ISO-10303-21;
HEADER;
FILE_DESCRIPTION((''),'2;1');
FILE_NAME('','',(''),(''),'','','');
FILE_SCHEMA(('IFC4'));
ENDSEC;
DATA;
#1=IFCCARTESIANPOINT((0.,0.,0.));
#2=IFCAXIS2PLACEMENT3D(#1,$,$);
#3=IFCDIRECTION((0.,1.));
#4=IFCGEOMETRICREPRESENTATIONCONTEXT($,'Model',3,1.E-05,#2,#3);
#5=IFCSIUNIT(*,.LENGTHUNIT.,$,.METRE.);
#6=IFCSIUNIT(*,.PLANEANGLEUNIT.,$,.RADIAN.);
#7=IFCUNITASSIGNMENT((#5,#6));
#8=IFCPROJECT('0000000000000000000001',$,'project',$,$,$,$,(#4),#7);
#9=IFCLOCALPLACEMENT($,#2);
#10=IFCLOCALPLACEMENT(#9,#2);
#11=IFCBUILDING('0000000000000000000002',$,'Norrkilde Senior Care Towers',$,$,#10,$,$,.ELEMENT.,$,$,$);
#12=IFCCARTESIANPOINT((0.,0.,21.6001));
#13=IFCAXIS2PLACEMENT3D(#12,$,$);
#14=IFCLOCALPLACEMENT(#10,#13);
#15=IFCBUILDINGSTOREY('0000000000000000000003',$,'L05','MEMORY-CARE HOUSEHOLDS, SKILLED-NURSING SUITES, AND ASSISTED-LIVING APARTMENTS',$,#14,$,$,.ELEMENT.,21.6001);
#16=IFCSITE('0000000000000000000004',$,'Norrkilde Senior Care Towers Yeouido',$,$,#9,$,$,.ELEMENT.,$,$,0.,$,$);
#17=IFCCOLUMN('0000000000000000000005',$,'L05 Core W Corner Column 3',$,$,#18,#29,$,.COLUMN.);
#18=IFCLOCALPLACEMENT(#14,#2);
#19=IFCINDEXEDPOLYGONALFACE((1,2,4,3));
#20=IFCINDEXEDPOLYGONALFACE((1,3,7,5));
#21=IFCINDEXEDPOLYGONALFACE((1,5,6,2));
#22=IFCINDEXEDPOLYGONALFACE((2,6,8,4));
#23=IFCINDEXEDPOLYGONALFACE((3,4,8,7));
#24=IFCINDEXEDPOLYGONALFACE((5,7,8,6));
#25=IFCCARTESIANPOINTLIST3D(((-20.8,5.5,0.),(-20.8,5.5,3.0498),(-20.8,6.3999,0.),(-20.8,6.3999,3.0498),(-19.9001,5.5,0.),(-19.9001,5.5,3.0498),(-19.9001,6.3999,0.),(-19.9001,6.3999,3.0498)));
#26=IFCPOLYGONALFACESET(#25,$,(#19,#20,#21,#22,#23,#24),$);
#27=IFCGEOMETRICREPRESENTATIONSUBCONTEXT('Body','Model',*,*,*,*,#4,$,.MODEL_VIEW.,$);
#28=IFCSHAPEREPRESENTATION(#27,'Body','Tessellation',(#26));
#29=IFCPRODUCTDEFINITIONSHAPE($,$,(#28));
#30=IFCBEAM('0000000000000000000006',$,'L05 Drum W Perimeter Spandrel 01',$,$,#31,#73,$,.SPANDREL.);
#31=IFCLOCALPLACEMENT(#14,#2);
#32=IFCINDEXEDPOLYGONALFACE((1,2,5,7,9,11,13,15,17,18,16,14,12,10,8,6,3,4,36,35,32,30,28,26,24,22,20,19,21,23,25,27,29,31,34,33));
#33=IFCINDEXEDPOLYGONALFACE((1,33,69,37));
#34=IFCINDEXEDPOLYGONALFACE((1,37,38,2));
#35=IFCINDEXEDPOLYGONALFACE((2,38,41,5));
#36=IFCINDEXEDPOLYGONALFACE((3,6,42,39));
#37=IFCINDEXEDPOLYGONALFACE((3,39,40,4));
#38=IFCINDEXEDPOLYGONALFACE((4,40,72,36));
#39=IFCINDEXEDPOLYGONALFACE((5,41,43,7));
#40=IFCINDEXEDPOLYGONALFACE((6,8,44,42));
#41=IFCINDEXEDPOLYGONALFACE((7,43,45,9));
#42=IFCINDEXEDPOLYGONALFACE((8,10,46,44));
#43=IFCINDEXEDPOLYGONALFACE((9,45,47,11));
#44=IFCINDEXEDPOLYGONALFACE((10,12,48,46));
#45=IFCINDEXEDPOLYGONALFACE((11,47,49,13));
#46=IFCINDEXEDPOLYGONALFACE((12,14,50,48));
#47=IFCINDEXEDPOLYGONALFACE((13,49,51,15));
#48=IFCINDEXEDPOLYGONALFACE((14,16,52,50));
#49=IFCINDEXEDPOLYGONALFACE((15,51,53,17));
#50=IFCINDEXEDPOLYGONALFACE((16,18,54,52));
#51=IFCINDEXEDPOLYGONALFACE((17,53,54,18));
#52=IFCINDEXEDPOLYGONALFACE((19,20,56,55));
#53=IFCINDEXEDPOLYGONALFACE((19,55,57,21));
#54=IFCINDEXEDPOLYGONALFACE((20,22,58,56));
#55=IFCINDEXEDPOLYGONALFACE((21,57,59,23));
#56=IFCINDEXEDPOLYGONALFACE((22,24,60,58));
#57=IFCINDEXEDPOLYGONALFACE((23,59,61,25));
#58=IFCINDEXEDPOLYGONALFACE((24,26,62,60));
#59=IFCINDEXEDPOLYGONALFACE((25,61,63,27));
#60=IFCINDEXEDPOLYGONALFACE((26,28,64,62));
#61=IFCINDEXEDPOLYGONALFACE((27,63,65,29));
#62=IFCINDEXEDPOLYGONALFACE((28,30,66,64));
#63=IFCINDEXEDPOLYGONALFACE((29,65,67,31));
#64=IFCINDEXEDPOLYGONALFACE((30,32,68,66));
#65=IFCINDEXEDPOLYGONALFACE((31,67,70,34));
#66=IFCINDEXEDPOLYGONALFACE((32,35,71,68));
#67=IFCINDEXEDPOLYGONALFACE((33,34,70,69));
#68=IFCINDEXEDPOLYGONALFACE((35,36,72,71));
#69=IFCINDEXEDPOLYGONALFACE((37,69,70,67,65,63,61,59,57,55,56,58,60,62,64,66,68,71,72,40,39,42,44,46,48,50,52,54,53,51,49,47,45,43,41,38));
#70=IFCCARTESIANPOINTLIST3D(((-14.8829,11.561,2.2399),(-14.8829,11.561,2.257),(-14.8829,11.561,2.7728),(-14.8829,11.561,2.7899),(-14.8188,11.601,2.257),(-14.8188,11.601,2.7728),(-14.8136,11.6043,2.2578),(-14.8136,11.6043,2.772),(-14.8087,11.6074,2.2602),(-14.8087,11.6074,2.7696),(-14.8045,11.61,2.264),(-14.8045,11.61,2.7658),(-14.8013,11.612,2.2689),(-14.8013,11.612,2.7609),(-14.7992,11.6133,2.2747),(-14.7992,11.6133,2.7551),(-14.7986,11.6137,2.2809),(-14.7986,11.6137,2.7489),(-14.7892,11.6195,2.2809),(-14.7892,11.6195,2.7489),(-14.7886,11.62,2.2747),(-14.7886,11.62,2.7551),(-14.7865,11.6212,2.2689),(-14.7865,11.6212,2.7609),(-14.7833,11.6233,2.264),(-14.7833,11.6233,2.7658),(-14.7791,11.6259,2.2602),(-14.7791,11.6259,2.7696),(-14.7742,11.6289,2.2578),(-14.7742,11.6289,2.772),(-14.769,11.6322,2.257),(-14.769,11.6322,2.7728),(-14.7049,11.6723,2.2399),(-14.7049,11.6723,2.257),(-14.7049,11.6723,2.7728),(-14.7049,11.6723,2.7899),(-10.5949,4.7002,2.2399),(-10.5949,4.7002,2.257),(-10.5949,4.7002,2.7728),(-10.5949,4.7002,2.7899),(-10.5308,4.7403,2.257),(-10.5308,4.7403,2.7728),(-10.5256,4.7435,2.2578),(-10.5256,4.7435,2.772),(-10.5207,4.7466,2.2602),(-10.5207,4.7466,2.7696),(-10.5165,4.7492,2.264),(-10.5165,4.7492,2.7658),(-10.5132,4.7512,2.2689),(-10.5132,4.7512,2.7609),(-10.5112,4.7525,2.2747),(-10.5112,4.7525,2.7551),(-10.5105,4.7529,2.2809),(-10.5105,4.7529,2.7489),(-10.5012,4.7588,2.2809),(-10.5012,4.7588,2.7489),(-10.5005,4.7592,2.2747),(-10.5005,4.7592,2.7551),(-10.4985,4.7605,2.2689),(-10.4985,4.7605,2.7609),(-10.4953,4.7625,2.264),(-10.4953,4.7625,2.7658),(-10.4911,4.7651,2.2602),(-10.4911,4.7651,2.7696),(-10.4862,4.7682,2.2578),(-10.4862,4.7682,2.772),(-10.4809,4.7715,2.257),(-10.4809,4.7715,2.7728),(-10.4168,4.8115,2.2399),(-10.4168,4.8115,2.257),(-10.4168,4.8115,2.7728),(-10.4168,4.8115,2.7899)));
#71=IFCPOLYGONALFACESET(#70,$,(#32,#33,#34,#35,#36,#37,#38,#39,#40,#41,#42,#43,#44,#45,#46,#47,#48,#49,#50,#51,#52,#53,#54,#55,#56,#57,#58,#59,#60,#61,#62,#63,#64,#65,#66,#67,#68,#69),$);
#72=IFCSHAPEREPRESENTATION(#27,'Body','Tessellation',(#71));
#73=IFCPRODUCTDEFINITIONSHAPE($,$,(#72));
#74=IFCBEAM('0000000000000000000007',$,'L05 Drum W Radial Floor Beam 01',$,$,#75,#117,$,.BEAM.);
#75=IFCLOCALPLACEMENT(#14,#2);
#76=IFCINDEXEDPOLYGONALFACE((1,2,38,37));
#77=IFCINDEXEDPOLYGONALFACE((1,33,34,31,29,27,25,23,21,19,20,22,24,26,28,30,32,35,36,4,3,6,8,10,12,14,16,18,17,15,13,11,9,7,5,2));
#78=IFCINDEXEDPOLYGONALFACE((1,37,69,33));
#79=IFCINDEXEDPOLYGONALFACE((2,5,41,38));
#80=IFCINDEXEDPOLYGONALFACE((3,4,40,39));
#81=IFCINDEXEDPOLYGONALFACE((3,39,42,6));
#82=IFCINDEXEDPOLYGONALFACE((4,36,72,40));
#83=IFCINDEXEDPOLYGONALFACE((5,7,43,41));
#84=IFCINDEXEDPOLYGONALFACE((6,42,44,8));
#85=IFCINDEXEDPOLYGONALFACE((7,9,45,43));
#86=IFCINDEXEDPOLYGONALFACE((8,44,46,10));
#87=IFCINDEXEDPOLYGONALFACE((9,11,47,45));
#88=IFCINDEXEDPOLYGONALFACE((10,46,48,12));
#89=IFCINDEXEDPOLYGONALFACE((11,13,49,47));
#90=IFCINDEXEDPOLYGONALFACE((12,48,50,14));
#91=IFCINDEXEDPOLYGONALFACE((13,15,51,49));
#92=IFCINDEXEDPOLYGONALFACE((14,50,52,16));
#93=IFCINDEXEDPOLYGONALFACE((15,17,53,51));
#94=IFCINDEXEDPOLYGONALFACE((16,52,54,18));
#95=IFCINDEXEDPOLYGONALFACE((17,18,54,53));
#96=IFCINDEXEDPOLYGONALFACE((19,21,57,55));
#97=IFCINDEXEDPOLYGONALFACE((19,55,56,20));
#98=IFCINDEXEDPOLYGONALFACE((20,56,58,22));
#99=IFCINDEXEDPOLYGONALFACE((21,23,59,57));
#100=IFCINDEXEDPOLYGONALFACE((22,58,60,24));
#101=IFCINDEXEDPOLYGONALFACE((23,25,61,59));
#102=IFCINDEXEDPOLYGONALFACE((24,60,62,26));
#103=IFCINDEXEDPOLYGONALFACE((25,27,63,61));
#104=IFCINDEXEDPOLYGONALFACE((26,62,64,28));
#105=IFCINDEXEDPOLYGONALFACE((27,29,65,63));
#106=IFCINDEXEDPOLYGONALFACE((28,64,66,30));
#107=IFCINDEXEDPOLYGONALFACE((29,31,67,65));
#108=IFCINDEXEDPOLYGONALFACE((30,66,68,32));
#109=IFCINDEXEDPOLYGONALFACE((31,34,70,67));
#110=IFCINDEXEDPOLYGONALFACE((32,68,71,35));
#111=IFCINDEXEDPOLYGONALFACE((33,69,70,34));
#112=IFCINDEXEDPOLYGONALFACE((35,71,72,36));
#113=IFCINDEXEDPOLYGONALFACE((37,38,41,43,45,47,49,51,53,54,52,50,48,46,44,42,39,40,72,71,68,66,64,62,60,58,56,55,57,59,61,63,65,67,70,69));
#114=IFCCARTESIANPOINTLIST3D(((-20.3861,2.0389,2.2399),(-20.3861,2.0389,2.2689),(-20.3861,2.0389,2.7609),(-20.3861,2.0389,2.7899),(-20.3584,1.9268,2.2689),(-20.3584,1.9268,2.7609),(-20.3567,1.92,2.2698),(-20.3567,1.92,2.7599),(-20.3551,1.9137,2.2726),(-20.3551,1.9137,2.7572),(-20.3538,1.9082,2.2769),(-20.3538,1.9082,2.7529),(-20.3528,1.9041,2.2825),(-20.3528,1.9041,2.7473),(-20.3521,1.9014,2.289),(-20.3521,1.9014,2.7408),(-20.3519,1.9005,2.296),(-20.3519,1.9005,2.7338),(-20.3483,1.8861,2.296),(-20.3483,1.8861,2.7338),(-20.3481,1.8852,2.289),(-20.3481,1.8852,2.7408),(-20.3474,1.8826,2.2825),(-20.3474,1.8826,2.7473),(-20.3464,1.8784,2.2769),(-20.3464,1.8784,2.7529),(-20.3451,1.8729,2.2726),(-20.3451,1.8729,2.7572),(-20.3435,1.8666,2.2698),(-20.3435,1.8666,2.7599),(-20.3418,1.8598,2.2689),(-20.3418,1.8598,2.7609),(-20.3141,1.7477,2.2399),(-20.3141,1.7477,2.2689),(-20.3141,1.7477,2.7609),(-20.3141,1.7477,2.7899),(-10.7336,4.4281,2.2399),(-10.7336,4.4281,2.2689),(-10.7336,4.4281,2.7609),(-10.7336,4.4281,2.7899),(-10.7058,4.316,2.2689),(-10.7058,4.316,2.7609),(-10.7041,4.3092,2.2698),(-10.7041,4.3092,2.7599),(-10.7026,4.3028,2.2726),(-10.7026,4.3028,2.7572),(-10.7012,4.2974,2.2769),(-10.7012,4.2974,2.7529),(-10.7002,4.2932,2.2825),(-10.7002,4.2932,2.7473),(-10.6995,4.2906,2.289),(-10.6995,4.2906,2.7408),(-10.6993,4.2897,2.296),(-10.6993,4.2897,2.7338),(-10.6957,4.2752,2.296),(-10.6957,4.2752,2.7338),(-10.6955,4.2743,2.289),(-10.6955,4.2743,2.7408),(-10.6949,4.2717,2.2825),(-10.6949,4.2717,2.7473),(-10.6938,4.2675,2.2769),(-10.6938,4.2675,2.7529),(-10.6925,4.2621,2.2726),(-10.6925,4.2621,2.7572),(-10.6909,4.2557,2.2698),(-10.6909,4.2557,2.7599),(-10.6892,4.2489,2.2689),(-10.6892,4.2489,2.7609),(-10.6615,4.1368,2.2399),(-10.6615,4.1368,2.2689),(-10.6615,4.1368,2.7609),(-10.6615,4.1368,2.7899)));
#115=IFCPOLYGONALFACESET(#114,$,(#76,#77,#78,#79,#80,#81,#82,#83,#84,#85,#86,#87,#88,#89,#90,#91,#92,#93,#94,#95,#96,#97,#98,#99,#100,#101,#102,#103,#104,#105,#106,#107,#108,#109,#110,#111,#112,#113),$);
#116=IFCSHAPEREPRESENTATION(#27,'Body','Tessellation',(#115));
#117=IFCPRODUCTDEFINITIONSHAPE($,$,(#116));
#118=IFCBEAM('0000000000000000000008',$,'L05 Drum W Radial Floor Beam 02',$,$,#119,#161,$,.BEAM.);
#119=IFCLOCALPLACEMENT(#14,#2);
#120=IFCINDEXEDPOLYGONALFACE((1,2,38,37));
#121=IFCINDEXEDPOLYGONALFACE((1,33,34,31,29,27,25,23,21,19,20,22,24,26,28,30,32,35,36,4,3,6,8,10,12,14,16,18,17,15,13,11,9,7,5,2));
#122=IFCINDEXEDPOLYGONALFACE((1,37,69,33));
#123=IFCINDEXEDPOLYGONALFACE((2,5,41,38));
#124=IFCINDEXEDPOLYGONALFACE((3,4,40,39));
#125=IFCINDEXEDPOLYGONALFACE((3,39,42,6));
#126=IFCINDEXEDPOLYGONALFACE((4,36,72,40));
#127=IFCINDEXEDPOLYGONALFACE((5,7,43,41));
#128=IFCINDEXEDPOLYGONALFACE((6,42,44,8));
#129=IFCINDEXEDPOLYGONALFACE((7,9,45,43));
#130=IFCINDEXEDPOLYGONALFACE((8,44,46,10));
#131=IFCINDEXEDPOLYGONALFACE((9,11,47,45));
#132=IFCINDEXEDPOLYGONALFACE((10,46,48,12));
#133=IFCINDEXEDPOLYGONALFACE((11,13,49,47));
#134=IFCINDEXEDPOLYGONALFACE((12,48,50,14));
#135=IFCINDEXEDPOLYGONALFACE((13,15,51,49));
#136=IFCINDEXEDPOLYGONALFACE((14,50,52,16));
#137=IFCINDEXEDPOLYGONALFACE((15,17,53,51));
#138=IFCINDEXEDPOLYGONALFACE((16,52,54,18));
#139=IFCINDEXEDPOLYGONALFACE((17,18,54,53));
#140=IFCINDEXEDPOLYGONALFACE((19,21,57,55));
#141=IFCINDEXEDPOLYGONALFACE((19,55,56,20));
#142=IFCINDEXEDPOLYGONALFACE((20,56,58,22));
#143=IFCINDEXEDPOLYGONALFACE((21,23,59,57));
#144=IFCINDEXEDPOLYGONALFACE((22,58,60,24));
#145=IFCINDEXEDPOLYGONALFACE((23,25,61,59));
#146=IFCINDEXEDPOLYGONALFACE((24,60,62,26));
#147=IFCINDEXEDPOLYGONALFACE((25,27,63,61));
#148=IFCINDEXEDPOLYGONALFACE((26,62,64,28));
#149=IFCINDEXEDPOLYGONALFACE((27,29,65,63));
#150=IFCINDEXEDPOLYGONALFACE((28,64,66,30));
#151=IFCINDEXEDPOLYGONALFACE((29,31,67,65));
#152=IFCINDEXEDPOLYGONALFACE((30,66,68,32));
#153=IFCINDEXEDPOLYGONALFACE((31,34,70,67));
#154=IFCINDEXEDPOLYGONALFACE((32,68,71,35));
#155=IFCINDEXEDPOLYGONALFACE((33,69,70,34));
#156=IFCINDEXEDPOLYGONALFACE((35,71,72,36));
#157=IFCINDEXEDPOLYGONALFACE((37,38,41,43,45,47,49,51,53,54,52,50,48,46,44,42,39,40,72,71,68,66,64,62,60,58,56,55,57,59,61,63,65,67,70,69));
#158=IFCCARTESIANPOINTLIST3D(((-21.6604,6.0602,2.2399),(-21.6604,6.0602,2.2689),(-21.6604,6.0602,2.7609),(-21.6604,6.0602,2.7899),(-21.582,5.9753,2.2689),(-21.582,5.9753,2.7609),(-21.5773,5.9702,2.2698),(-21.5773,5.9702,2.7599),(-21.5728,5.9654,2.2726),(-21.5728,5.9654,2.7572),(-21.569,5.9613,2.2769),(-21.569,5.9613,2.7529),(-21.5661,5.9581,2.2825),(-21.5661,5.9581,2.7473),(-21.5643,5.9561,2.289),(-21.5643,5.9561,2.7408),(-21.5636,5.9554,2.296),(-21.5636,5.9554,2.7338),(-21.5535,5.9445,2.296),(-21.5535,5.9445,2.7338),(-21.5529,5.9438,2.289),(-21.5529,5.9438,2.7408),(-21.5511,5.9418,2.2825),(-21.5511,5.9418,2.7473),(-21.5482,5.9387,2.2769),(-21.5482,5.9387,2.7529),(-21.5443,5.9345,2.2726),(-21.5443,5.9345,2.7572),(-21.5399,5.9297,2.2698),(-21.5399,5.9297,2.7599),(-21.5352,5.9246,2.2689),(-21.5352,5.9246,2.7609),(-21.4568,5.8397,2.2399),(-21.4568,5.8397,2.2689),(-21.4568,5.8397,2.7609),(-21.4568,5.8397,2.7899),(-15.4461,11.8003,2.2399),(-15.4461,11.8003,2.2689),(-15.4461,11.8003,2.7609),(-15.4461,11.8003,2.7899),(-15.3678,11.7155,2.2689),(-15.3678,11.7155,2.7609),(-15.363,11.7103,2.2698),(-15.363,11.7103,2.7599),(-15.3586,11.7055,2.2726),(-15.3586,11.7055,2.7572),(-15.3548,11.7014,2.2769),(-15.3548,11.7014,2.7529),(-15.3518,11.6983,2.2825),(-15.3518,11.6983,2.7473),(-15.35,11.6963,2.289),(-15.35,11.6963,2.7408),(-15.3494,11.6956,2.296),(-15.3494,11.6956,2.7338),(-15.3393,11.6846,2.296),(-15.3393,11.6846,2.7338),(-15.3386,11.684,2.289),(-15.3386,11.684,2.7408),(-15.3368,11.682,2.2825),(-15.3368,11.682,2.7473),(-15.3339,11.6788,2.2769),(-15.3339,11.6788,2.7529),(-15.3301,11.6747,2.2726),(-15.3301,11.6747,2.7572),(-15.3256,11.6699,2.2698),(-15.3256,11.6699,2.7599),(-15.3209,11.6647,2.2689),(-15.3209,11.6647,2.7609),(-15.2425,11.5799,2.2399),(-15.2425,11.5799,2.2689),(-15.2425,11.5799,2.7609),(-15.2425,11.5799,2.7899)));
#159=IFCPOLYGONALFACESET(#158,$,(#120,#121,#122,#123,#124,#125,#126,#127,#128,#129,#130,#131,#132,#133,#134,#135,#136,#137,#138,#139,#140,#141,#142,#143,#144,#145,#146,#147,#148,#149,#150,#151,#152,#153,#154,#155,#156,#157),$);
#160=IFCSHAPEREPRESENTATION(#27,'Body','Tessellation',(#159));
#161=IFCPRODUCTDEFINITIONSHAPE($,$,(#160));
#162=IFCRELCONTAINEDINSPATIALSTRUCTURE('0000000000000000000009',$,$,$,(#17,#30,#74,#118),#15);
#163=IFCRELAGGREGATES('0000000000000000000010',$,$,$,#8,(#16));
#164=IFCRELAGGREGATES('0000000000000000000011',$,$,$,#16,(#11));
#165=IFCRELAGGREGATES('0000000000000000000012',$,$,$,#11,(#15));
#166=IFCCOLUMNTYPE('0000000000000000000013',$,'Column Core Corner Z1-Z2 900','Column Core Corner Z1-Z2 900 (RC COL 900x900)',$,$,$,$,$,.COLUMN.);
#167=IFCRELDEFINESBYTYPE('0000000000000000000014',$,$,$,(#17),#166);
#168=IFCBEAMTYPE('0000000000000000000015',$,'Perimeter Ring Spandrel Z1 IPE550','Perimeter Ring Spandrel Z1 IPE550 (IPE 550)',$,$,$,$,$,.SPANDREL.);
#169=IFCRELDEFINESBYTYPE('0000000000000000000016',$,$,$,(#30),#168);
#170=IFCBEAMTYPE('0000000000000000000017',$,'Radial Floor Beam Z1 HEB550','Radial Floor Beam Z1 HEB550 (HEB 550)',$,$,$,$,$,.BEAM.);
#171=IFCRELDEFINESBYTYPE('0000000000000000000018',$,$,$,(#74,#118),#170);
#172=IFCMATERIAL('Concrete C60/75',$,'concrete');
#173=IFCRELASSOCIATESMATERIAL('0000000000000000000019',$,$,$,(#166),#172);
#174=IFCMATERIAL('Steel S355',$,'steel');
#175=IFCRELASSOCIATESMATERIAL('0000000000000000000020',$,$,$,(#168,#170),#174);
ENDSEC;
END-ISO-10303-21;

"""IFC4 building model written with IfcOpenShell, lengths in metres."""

from ifc_helpers import new_model, si_unit, direction, frame, origin, origin_2d, place, context, subcontext, project, spatial, rectangle, i_section, extrude, source, transform, mapped, material, material_profile, profile_set, type_object, type_shapes, element, save


model = new_model("IFC4")

# Units and contexts
model_context = context("Model", 3, precision=1e-05, world=origin(), true_north=direction((0.0, 1.0)))
body_context = subcontext(model_context, "Body", "Model", "MODEL_VIEW")
ifc_project = project(units=[si_unit("LENGTHUNIT", "METRE"), si_unit("PLANEANGLEUNIT", "RADIAN")], contexts=[model_context])

# Site, building, storey
site_placement = place(None, origin())
site = spatial("IfcSite", under=ifc_project, at=site_placement, Name="Norrkilde Senior Care Towers Yeouido", CompositionType="ELEMENT", RefElevation=0.0)
building_placement = place(site_placement, origin())
building = spatial("IfcBuilding", under=site, at=building_placement, Name="Norrkilde Senior Care Towers", CompositionType="ELEMENT")
storey_placement = place(building_placement, frame((0.0, 0.0, 21.6001)))
storey = spatial("IfcBuildingStorey", under=building, at=storey_placement, Name="L05", Description="MEMORY-CARE HOUSEHOLDS, SKILLED-NURSING SUITES, AND ASSISTED-LIVING APARTMENTS", CompositionType="ELEMENT", Elevation=21.6001)

# Column
ifc_material_1 = material(Name="Concrete C60/75", Category="concrete")
ifc_material_profile_1 = material_profile(ifc_material_1, rectangle(XDim=0.8999, YDim=0.8999, at=origin_2d()), Name="RC COL 900x900")
ifc_profile_set_1 = profile_set([ifc_material_profile_1], Name="Concrete C60/75")
column_type = type_object("IfcColumnType", Name="Column Core Corner Z1-Z2 900", Description="Column Core Corner Z1-Z2 900 (RC COL 900x900)", PredefinedType="COLUMN", material=ifc_profile_set_1)
shared_shape_1 = source(origin(), body_context, "Body", "SweptSolid", [
    extrude(rectangle(XDim=0.8999, YDim=0.8999, at=origin_2d()), origin(), (0.0, 0.0, 1.0), 3.0498),
])
type_shapes(column_type, [shared_shape_1])
column_placement = place(storey_placement, frame((-20.3501, 5.95, 0.0), z_axis=(0.0, 0.0, 1.0), x_axis=(1.0, 0.0, 0.0)))
element("IfcColumn", 1, at=column_placement, inside=storey, type_object=column_type, Name="L05 Core W Corner Column 3", PredefinedType="COLUMN", context=body_context, shape_type="MappedRepresentation", body=[
    mapped(shared_shape_1, transform((0.0, 0.0, 0.0), x_axis=(1.0, 0.0, 0.0), y_axis=(0.0, 1.0, 0.0), z_axis=(0.0, 0.0, 1.0), scale=1.0)),
])

# Beams
ifc_material_2 = material(Name="Steel S355", Category="steel")
ifc_material_profile_2 = material_profile(ifc_material_2, i_section(OverallWidth=0.21, OverallDepth=0.55, WebThickness=0.011, FlangeThickness=0.0171, FilletRadius=0.0239, at=origin_2d()), Name="IPE 550")
ifc_profile_set_2 = profile_set([ifc_material_profile_2], Name="Steel S355")
beam_type_1 = type_object("IfcBeamType", Name="Perimeter Ring Spandrel Z1 IPE550", Description="Perimeter Ring Spandrel Z1 IPE550 (IPE 550)", PredefinedType="SPANDREL", material=ifc_profile_set_2)
shared_shape_2 = source(origin(), body_context, "Body", "SweptSolid", [
    extrude(i_section(OverallWidth=0.21, OverallDepth=0.55, WebThickness=0.011, FlangeThickness=0.0171, FilletRadius=0.0239, at=origin_2d()), origin(), (0.0, 0.0, 1.0), 8.0906),
])
type_shapes(beam_type_1, [shared_shape_2])
beam_1_placement = place(storey_placement, frame((-10.5059, 4.7559, 2.5149), z_axis=(-0.530004, 0.847995, 0.0), x_axis=(-0.847995, -0.530004, 0.0)))
element("IfcBeam", 2, at=beam_1_placement, inside=storey, type_object=beam_type_1, Name="L05 Drum W Perimeter Spandrel 01", PredefinedType="SPANDREL", context=body_context, shape_type="MappedRepresentation", body=[
    mapped(shared_shape_2, transform((0.0, 0.0, 0.0), x_axis=(1.0, 0.0, 0.0), y_axis=(0.0, 1.0, 0.0), z_axis=(0.0, 0.0, 1.0), scale=1.0)),
])
ifc_material_profile_3 = material_profile(ifc_material_2, i_section(OverallWidth=0.3, OverallDepth=0.55, WebThickness=0.0149, FlangeThickness=0.0291, FilletRadius=0.0271, at=origin_2d()), Name="HEB 550")
ifc_profile_set_3 = profile_set([ifc_material_profile_3], Name="Steel S355")
beam_type_2 = type_object("IfcBeamType", Name="Radial Floor Beam Z1 HEB550", Description="Radial Floor Beam Z1 HEB550 (HEB 550)", PredefinedType="BEAM", material=ifc_profile_set_3)
shared_shape_3 = source(origin(), body_context, "Body", "SweptSolid", [
    extrude(i_section(OverallWidth=0.3, OverallDepth=0.55, WebThickness=0.0149, FlangeThickness=0.0291, FilletRadius=0.0271, at=origin_2d()), origin(), (0.0, 0.0, 1.0), 9.9438),
])
beam_2_placement = place(storey_placement, frame((-20.3501, 1.8933, 2.5149), z_axis=(0.970707, 0.240265, 0.0), x_axis=(-0.240265, 0.970707, 0.0)))
element("IfcBeam", 3, at=beam_2_placement, inside=storey, type_object=beam_type_2, Name="L05 Drum W Radial Floor Beam 01", PredefinedType="BEAM", context=body_context, shape_type="MappedRepresentation", body=[
    mapped(shared_shape_3, transform((0.0, 0.0, 0.0), x_axis=(1.0, 0.0, 0.0), y_axis=(0.0, 1.0, 0.0), z_axis=(0.0, 0.0, 1.0), scale=1.0)),
])
shared_shape_4 = source(origin(), body_context, "Body", "SweptSolid", [
    extrude(i_section(OverallWidth=0.3, OverallDepth=0.55, WebThickness=0.0149, FlangeThickness=0.0291, FilletRadius=0.0271, at=origin_2d()), origin(), (0.0, 0.0, 1.0), 8.4597),
])
type_shapes(beam_type_2, [shared_shape_3, shared_shape_4])
beam_3_placement = place(storey_placement, frame((-21.5586, 5.95, 2.5149), z_axis=(0.734573, 0.678529, 0.0), x_axis=(-0.678529, 0.734573, 0.0)))
element("IfcBeam", 4, at=beam_3_placement, inside=storey, type_object=beam_type_2, Name="L05 Drum W Radial Floor Beam 02", PredefinedType="BEAM", context=body_context, shape_type="MappedRepresentation", body=[
    mapped(shared_shape_4, transform((0.0, 0.0, 0.0), x_axis=(1.0, 0.0, 0.0), y_axis=(0.0, 1.0, 0.0), z_axis=(0.0, 0.0, 1.0), scale=1.0)),
])

save(model, "model.ifc")
